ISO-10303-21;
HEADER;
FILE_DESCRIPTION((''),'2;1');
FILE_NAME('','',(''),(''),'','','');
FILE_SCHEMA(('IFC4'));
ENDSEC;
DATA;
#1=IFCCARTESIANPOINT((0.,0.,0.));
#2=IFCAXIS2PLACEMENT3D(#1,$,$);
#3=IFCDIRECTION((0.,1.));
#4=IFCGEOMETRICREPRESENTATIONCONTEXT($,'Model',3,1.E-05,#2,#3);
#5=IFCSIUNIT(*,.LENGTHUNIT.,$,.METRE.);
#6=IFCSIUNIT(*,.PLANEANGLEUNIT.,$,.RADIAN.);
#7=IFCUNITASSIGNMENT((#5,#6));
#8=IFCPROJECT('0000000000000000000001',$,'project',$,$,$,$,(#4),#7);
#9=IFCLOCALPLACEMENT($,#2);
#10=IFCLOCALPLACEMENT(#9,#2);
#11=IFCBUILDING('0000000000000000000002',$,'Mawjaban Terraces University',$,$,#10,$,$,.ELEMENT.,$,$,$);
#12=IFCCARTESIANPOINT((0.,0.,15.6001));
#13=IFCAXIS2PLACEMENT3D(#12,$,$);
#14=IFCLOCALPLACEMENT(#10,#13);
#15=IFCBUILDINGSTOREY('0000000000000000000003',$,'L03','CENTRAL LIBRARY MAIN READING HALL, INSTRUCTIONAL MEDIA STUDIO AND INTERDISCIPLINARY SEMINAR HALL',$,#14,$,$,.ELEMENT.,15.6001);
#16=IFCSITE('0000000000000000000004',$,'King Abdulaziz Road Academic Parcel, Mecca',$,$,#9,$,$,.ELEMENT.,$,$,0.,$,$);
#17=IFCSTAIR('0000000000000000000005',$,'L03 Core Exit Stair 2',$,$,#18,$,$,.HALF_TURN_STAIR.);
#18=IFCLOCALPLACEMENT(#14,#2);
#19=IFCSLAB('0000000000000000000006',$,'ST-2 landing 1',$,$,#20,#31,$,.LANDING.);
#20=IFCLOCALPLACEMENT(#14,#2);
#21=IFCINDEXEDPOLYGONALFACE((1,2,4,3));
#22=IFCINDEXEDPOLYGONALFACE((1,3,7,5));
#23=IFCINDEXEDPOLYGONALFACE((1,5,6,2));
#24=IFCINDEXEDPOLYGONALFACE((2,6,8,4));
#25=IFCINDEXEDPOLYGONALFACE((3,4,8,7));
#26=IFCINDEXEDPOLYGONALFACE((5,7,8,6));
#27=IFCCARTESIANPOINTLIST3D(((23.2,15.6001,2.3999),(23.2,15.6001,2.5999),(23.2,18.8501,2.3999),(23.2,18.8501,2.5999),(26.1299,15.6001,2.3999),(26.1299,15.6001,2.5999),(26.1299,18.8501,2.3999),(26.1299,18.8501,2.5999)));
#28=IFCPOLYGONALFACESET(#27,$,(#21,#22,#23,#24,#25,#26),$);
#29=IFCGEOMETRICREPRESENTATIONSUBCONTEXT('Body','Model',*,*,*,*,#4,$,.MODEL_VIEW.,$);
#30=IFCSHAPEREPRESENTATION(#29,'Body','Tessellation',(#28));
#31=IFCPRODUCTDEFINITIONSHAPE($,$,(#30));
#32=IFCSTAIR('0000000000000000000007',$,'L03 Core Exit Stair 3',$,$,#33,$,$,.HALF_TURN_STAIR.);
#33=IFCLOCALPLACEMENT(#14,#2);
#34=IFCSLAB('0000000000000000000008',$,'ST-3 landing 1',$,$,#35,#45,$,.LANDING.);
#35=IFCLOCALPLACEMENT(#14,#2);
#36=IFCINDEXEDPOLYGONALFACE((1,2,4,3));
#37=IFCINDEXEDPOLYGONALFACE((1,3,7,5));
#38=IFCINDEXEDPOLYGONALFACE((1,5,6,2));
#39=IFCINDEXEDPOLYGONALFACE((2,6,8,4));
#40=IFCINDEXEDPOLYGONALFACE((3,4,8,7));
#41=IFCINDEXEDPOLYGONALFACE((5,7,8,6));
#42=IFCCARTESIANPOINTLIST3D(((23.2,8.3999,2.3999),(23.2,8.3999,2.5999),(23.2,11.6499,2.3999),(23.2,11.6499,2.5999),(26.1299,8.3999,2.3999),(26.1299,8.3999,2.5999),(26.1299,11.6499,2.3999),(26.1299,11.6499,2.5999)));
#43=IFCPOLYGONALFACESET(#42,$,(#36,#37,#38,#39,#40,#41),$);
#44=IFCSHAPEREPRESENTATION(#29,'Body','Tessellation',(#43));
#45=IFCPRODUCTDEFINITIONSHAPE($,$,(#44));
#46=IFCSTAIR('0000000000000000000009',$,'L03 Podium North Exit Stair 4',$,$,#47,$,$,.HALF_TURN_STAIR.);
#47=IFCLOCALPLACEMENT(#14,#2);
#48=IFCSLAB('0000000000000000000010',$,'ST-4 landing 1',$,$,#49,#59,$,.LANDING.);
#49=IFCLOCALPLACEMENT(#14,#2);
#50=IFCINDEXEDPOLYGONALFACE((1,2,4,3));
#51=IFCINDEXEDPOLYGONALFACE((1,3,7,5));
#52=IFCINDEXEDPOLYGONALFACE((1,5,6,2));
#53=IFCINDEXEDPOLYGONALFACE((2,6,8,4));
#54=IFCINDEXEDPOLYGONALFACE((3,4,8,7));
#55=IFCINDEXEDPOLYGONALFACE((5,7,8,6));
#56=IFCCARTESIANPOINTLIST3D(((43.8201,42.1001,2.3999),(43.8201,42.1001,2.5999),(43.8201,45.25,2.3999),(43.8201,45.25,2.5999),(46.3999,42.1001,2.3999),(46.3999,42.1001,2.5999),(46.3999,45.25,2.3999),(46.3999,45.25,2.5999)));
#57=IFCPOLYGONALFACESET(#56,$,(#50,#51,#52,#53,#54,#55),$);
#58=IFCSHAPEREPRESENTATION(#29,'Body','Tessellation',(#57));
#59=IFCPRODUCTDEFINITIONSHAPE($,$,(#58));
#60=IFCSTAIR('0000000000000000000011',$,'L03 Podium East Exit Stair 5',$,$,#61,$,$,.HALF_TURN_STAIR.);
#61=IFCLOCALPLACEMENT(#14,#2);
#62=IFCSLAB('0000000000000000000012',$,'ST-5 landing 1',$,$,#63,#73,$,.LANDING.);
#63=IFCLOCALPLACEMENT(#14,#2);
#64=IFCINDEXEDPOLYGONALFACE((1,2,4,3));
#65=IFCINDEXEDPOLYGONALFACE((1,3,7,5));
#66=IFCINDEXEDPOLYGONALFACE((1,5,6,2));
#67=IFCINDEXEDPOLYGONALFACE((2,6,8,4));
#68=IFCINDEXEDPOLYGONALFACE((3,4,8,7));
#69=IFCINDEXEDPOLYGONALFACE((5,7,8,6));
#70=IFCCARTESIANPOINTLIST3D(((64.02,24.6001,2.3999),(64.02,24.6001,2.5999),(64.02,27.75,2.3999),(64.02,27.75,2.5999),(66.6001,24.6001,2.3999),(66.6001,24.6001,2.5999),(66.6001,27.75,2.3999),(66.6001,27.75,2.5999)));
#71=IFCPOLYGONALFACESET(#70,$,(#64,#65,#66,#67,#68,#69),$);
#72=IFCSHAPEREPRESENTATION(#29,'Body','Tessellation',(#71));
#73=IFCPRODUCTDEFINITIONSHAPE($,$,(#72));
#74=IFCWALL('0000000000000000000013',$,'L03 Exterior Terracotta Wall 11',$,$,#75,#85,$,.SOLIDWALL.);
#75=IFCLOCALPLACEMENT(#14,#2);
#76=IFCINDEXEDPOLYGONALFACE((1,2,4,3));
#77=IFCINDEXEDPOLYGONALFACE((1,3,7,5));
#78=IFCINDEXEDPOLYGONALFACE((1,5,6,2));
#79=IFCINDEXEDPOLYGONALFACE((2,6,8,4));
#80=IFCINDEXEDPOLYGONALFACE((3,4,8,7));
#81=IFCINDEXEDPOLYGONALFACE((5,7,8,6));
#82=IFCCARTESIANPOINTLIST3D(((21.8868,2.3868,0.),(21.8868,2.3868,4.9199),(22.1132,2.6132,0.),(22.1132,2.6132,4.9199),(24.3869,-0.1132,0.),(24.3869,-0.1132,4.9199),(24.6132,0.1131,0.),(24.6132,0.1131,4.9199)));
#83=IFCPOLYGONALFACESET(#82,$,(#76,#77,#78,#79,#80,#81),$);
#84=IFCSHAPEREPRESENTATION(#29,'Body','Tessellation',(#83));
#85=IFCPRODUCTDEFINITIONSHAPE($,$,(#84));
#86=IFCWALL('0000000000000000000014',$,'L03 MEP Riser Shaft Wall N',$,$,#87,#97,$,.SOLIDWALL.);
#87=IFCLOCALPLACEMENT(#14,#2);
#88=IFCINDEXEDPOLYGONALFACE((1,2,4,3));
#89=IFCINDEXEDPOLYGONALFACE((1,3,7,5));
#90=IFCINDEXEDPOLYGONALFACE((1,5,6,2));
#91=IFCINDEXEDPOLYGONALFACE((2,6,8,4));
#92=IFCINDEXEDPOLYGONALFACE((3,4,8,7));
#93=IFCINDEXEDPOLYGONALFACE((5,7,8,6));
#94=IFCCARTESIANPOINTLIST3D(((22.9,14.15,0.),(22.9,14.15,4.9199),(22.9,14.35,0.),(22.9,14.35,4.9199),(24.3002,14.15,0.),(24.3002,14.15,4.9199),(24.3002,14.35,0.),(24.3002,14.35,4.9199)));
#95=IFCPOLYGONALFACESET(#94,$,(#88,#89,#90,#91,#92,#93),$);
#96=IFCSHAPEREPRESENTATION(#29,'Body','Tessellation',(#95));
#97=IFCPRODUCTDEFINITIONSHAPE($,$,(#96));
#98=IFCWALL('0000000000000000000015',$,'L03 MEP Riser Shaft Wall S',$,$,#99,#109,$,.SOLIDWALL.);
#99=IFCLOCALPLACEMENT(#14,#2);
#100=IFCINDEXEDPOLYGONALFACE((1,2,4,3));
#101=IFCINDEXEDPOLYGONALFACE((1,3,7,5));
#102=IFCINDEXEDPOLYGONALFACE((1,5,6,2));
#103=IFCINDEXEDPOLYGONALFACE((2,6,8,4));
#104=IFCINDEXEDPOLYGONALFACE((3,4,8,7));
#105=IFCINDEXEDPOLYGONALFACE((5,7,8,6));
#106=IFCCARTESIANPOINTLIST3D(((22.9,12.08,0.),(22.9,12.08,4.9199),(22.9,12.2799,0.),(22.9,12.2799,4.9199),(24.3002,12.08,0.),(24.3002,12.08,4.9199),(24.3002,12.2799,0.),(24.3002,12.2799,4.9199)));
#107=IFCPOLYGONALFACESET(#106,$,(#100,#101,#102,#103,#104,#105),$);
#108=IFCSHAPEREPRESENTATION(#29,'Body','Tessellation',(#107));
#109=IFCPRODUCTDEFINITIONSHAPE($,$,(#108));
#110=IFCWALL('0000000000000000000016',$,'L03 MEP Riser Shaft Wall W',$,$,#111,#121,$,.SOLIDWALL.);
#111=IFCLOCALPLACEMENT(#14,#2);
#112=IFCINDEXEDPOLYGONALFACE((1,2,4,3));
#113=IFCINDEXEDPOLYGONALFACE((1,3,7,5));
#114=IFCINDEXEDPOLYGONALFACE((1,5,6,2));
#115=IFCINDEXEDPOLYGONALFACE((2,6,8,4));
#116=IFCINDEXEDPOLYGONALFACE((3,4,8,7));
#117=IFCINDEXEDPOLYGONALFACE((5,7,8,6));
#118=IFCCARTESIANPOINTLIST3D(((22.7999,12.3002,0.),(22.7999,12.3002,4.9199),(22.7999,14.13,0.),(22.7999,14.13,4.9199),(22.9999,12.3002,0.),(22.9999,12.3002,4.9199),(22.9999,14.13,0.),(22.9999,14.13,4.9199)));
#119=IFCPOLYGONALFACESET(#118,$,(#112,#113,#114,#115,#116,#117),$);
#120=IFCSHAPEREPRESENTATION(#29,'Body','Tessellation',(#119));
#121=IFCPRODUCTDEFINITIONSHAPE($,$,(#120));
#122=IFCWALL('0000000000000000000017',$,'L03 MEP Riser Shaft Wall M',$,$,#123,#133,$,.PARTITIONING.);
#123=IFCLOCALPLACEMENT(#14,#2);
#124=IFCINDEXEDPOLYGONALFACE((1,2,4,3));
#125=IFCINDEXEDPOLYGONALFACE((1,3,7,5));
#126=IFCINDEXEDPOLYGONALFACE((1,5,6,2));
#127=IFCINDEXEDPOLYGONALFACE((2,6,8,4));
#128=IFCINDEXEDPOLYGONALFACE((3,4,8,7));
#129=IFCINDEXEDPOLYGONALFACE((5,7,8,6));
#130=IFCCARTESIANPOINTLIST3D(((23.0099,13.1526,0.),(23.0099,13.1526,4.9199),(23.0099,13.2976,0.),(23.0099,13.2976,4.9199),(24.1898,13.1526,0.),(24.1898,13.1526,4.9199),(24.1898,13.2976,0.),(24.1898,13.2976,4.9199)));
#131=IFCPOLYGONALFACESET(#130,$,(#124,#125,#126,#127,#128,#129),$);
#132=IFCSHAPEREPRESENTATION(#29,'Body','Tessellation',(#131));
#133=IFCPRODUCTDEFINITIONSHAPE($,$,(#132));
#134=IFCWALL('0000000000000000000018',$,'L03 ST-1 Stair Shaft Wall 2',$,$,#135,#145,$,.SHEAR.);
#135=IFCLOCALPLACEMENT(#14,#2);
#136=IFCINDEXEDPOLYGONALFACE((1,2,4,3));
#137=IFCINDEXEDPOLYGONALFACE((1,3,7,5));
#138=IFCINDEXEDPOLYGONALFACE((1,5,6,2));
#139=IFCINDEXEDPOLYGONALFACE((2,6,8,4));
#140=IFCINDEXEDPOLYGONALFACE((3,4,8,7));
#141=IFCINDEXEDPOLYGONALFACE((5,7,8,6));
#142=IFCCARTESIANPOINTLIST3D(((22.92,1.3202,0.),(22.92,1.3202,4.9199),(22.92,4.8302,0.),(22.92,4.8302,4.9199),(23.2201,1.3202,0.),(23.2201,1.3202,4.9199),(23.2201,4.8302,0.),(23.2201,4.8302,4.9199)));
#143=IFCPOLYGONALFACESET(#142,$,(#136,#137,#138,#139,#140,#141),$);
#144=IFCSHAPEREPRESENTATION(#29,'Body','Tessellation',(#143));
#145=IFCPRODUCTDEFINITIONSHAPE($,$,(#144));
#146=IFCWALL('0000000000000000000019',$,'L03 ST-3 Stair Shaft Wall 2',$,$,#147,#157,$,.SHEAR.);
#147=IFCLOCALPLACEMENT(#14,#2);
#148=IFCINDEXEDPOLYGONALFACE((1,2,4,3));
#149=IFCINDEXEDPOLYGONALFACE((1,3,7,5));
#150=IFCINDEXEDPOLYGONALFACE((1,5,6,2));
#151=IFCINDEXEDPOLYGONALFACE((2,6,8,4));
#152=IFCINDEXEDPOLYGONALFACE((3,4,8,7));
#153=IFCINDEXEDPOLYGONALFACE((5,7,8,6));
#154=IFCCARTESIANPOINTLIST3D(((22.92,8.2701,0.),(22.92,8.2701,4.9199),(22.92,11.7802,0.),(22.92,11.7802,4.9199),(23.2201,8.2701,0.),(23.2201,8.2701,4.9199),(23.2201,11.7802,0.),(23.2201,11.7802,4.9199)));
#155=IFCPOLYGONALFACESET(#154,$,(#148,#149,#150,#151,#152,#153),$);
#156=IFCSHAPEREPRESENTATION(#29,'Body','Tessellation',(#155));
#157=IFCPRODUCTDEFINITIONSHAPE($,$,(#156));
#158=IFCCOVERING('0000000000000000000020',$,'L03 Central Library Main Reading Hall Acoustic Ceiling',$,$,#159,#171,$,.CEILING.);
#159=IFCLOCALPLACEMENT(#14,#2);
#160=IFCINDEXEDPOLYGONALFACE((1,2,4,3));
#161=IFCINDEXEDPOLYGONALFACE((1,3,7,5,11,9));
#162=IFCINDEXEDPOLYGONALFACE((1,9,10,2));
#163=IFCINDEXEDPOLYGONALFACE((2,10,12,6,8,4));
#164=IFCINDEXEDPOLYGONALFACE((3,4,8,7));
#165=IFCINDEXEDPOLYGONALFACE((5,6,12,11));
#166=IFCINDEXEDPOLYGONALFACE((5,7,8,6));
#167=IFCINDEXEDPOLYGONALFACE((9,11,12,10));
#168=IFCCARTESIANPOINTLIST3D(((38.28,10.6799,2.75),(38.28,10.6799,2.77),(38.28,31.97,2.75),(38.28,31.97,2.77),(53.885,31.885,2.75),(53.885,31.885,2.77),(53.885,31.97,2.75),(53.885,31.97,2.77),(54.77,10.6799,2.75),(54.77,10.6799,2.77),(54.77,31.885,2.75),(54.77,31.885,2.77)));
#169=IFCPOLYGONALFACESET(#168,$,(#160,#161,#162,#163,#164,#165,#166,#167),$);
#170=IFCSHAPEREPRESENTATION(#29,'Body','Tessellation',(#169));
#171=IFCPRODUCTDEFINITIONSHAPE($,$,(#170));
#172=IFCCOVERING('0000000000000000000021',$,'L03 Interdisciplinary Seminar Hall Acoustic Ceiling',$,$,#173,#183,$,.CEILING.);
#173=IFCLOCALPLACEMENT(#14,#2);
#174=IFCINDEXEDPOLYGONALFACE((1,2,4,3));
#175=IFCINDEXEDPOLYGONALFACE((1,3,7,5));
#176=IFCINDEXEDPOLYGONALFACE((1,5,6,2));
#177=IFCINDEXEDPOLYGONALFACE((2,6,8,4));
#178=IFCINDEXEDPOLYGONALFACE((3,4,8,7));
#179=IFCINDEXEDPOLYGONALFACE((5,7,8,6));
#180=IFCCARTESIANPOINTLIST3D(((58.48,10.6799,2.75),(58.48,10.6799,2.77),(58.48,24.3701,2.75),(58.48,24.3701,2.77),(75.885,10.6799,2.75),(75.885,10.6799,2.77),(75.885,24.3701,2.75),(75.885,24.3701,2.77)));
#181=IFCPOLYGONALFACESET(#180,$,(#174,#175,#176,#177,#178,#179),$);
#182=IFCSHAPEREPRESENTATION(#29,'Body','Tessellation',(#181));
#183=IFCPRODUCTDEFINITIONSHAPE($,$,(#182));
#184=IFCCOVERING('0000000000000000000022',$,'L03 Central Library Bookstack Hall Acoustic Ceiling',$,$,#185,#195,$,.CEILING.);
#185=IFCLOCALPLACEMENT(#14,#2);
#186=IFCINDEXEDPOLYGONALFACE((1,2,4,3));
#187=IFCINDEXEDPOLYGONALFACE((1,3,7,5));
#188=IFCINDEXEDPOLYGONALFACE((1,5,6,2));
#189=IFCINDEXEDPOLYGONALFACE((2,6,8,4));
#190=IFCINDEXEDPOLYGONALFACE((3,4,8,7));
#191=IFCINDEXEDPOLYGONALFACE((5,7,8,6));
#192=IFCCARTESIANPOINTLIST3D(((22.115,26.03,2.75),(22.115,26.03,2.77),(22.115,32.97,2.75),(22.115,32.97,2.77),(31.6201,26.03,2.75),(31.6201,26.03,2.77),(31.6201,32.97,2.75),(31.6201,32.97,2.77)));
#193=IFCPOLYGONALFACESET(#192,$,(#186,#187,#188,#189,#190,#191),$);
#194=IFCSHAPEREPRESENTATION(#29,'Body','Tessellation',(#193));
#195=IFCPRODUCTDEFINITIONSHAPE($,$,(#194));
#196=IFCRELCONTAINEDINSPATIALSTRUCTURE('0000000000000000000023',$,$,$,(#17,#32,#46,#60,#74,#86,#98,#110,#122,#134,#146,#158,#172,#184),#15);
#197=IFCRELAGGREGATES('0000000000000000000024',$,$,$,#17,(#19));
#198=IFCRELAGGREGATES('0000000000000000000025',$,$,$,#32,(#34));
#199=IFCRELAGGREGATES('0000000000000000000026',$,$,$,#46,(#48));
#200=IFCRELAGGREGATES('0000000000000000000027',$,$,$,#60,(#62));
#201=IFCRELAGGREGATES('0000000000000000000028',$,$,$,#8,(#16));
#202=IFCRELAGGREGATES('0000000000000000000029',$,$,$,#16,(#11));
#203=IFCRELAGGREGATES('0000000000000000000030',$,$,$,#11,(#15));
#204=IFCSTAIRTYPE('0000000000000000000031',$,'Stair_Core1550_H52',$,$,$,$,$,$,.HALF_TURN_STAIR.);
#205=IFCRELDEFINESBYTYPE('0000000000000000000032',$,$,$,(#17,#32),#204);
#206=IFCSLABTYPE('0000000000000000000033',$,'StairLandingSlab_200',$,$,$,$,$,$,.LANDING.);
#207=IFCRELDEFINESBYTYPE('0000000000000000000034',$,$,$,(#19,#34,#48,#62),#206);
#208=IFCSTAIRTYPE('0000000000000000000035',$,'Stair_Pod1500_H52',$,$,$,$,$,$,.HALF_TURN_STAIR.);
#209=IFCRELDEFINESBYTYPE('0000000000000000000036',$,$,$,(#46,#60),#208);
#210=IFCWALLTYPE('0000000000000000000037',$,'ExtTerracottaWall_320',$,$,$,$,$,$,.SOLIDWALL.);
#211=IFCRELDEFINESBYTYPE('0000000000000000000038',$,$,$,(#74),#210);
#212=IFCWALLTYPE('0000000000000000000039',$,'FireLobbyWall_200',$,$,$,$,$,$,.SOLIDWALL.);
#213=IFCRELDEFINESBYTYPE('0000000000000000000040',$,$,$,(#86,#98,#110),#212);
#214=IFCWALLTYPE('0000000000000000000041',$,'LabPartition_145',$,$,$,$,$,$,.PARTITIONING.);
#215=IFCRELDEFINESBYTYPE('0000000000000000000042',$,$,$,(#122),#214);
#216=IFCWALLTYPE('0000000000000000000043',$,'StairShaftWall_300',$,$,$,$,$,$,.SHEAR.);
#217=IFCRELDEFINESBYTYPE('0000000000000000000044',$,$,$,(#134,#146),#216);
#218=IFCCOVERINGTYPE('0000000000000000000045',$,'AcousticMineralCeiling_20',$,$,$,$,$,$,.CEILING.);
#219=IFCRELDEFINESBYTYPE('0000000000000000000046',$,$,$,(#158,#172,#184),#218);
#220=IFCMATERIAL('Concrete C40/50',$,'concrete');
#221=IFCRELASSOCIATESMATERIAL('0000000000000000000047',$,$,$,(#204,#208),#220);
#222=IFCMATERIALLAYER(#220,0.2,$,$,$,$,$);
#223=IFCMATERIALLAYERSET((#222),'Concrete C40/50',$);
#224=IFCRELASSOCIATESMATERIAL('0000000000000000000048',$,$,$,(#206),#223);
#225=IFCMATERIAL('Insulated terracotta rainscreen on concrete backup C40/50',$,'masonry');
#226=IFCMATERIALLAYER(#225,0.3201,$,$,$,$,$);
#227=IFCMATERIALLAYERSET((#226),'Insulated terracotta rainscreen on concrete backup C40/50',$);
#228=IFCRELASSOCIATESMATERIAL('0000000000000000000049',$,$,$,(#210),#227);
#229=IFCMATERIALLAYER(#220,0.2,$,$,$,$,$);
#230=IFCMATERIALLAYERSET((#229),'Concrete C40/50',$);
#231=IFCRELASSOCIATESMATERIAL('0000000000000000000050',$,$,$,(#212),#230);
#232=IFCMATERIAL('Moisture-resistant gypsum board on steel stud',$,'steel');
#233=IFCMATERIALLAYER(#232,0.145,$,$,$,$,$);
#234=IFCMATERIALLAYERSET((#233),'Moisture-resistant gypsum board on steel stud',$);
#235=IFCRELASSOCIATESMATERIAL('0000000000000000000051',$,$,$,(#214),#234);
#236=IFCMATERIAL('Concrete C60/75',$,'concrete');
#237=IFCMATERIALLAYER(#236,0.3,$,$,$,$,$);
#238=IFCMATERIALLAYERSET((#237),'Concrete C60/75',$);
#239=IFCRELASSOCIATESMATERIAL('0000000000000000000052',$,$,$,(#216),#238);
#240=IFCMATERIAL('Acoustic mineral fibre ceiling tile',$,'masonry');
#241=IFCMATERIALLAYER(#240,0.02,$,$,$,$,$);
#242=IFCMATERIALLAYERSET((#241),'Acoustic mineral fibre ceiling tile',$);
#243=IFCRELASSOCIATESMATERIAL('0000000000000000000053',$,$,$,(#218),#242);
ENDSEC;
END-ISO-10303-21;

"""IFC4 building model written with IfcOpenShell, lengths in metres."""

from ifc_helpers import new_model, si_unit, direction, frame, frame_2d, origin, place, context, subcontext, project, spatial, polyline, rectangle, outline, extrude, material, layer, layer_set, type_object, element, aggregate, save


model = new_model("IFC4")

# Units and contexts
model_context = context("Model", 3, precision=1e-05, world=origin(), true_north=direction((0.0, 1.0)))
body_context = subcontext(model_context, "Body", "Model", "MODEL_VIEW")
ifc_project = project(units=[si_unit("LENGTHUNIT", "METRE"), si_unit("PLANEANGLEUNIT", "RADIAN")], contexts=[model_context])

# Site, building, storey
site_placement = place(None, origin())
site = spatial("IfcSite", under=ifc_project, at=site_placement, Name="King Abdulaziz Road Academic Parcel, Mecca", CompositionType="ELEMENT", RefElevation=0.0)
building_placement = place(site_placement, origin())
building = spatial("IfcBuilding", under=site, at=building_placement, Name="Mawjaban Terraces University", CompositionType="ELEMENT")
storey_placement = place(building_placement, frame((0.0, 0.0, 15.6001)))
storey = spatial("IfcBuildingStorey", under=building, at=storey_placement, Name="L03", Description="CENTRAL LIBRARY MAIN READING HALL, INSTRUCTIONAL MEDIA STUDIO AND INTERDISCIPLINARY SEMINAR HALL", CompositionType="ELEMENT", Elevation=15.6001)

# Shared definitions
ifc_material_1 = material(Name="Concrete C40/50", Category="concrete")

# Stairs, slabs
stair_type_1 = type_object("IfcStairType", Name="Stair_Core1550_H52", PredefinedType="HALF_TURN_STAIR", material=ifc_material_1)
ifc_layer_1 = layer(ifc_material_1, 0.2)
ifc_layer_set_1 = layer_set([ifc_layer_1], Name="Concrete C40/50")
slab_type_1 = type_object("IfcSlabType", Name="StairLandingSlab_200", PredefinedType="LANDING", material=ifc_layer_set_1)
stair_1_placement = place(storey_placement, origin())
stair_1 = element("IfcStair", 1, at=stair_1_placement, inside=storey, type_object=stair_type_1, Name="L03 Core Exit Stair 2", PredefinedType="HALF_TURN_STAIR")
slab_1_placement = place(storey_placement, frame((0.0, 0.0, 2.3999)))
slab_1 = element("IfcSlab", 2, at=slab_1_placement, type_object=slab_type_1, Name="ST-2 landing 1", PredefinedType="LANDING", context=body_context, shape_type="SweptSolid", body=[
    extrude(outline(polyline([(26.1299, 18.8501), (23.2, 18.8501), (23.2, 15.6001), (26.1299, 15.6001), (26.1299, 18.8501)])), origin(), (0.0, 0.0, 1.0), 0.2),
])
aggregate(stair_1, [slab_1])
stair_2_placement = place(storey_placement, origin())
stair_2 = element("IfcStair", 3, at=stair_2_placement, inside=storey, type_object=stair_type_1, Name="L03 Core Exit Stair 3", PredefinedType="HALF_TURN_STAIR")
slab_2_placement = place(storey_placement, frame((0.0, 0.0, 2.3999)))
slab_2 = element("IfcSlab", 4, at=slab_2_placement, type_object=slab_type_1, Name="ST-3 landing 1", PredefinedType="LANDING", context=body_context, shape_type="SweptSolid", body=[
    extrude(outline(polyline([(26.1299, 11.6499), (23.2, 11.6499), (23.2, 8.3999), (26.1299, 8.3999), (26.1299, 11.6499)])), origin(), (0.0, 0.0, 1.0), 0.2),
])
aggregate(stair_2, [slab_2])
stair_type_2 = type_object("IfcStairType", Name="Stair_Pod1500_H52", PredefinedType="HALF_TURN_STAIR", material=ifc_material_1)
stair_3_placement = place(storey_placement, origin())
stair_3 = element("IfcStair", 5, at=stair_3_placement, inside=storey, type_object=stair_type_2, Name="L03 Podium North Exit Stair 4", PredefinedType="HALF_TURN_STAIR")
slab_3_placement = place(storey_placement, frame((0.0, 0.0, 2.3999)))
slab_3 = element("IfcSlab", 6, at=slab_3_placement, type_object=slab_type_1, Name="ST-4 landing 1", PredefinedType="LANDING", context=body_context, shape_type="SweptSolid", body=[
    extrude(outline(polyline([(43.8201, 42.1001), (46.3999, 42.1001), (46.3999, 45.25), (43.8201, 45.25), (43.8201, 42.1001)])), origin(), (0.0, 0.0, 1.0), 0.2),
])
aggregate(stair_3, [slab_3])
stair_4_placement = place(storey_placement, origin())
stair_4 = element("IfcStair", 7, at=stair_4_placement, inside=storey, type_object=stair_type_2, Name="L03 Podium East Exit Stair 5", PredefinedType="HALF_TURN_STAIR")
slab_4_placement = place(storey_placement, frame((0.0, 0.0, 2.3999)))
slab_4 = element("IfcSlab", 8, at=slab_4_placement, type_object=slab_type_1, Name="ST-5 landing 1", PredefinedType="LANDING", context=body_context, shape_type="SweptSolid", body=[
    extrude(outline(polyline([(64.02, 24.6001), (66.6001, 24.6001), (66.6001, 27.75), (64.02, 27.75), (64.02, 24.6001)])), origin(), (0.0, 0.0, 1.0), 0.2),
])
aggregate(stair_4, [slab_4])

# Walls
ifc_material_2 = material(Name="Insulated terracotta rainscreen on concrete backup C40/50", Category="masonry")
ifc_layer_2 = layer(ifc_material_2, 0.3201)
ifc_layer_set_2 = layer_set([ifc_layer_2], Name="Insulated terracotta rainscreen on concrete backup C40/50")
wall_type_1 = type_object("IfcWallType", Name="ExtTerracottaWall_320", PredefinedType="SOLIDWALL", material=ifc_layer_set_2)
wall_1_placement = place(storey_placement, frame((22.0, 2.5, 0.0), z_axis=(0.0, 0.0, 1.0), x_axis=(0.707107, -0.707107, 0.0)))
element("IfcWall", 9, at=wall_1_placement, inside=storey, type_object=wall_type_1, Name="L03 Exterior Terracotta Wall 11", PredefinedType="SOLIDWALL", context=body_context, shape_type="SweptSolid", body=[
    extrude(rectangle(XDim=3.5356, YDim=0.3201, at=frame_2d((1.7678, 0.0))), origin(), (0.0, 0.0, 1.0), 4.9199),
])
ifc_layer_3 = layer(ifc_material_1, 0.2)
ifc_layer_set_3 = layer_set([ifc_layer_3], Name="Concrete C40/50")
wall_type_2 = type_object("IfcWallType", Name="FireLobbyWall_200", PredefinedType="SOLIDWALL", material=ifc_layer_set_3)
for number, where, z_axis, x_axis, name in (
    (10, (22.8999, 14.25, 0.0), (0.0, 0.0, 1.0), (1.0, 0.0, 0.0), "L03 MEP Riser Shaft Wall N"),
    (11, (22.8999, 12.1799, 0.0), (0.0, 0.0, 1.0), (1.0, 0.0, 0.0), "L03 MEP Riser Shaft Wall S"),
):
    element("IfcWall", number, at=place(storey_placement, frame(where, z_axis=z_axis, x_axis=x_axis)), inside=storey, type_object=wall_type_2, Name=name, PredefinedType="SOLIDWALL", context=body_context, shape_type="SweptSolid", body=[
        extrude(rectangle(XDim=1.4001, YDim=0.2, at=frame_2d((0.7002, 0.0))), origin(), (0.0, 0.0, 1.0), 4.9199),
    ])
wall_2_placement = place(storey_placement, frame((22.8999, 12.3, 0.0), z_axis=(0.0, 0.0, 1.0), x_axis=(0.0, 1.0, 0.0)))
element("IfcWall", 12, at=wall_2_placement, inside=storey, type_object=wall_type_2, Name="L03 MEP Riser Shaft Wall W", PredefinedType="SOLIDWALL", context=body_context, shape_type="SweptSolid", body=[
    extrude(rectangle(XDim=1.8298, YDim=0.2, at=frame_2d((0.915, 0.0))), origin(), (0.0, 0.0, 1.0), 4.9199),
])
ifc_material_3 = material(Name="Moisture-resistant gypsum board on steel stud", Category="steel")
ifc_layer_4 = layer(ifc_material_3, 0.145)
ifc_layer_set_4 = layer_set([ifc_layer_4], Name="Moisture-resistant gypsum board on steel stud")
wall_type_3 = type_object("IfcWallType", Name="LabPartition_145", PredefinedType="PARTITIONING", material=ifc_layer_set_4)
wall_3_placement = place(storey_placement, frame((23.01, 13.2251, 0.0), z_axis=(0.0, 0.0, 1.0), x_axis=(1.0, 0.0, 0.0)))
element("IfcWall", 13, at=wall_3_placement, inside=storey, type_object=wall_type_3, Name="L03 MEP Riser Shaft Wall M", PredefinedType="PARTITIONING", context=body_context, shape_type="SweptSolid", body=[
    extrude(rectangle(XDim=1.1799, YDim=0.145, at=frame_2d((0.5898, 0.0))), origin(), (0.0, 0.0, 1.0), 4.9199),
])
ifc_material_4 = material(Name="Concrete C60/75", Category="concrete")
ifc_layer_5 = layer(ifc_material_4, 0.3)
ifc_layer_set_5 = layer_set([ifc_layer_5], Name="Concrete C60/75")
wall_type_4 = type_object("IfcWallType", Name="StairShaftWall_300", PredefinedType="SHEAR", material=ifc_layer_set_5)
for number, where, z_axis, x_axis, name in (
    (14, (23.0701, 4.8301, 0.0), (0.0, 0.0, 1.0), (0.0, -1.0, 0.0), "L03 ST-1 Stair Shaft Wall 2"),
    (15, (23.0701, 11.78, 0.0), (0.0, 0.0, 1.0), (0.0, -1.0, 0.0), "L03 ST-3 Stair Shaft Wall 2"),
):
    element("IfcWall", number, at=place(storey_placement, frame(where, z_axis=z_axis, x_axis=x_axis)), inside=storey, type_object=wall_type_4, Name=name, PredefinedType="SHEAR", context=body_context, shape_type="SweptSolid", body=[
        extrude(rectangle(XDim=3.51, YDim=0.3, at=frame_2d((1.7549, 0.0))), origin(), (0.0, 0.0, 1.0), 4.9199),
    ])

# Coverings
ifc_material_5 = material(Name="Acoustic mineral fibre ceiling tile", Category="masonry")
ifc_layer_6 = layer(ifc_material_5, 0.02)
ifc_layer_set_6 = layer_set([ifc_layer_6], Name="Acoustic mineral fibre ceiling tile")
covering_type_1 = type_object("IfcCoveringType", Name="AcousticMineralCeiling_20", PredefinedType="CEILING", material=ifc_layer_set_6)
covering_1_placement = place(storey_placement, frame((0.0, 0.0, 2.75)))
element("IfcCovering", 16, at=covering_1_placement, inside=storey, type_object=covering_type_1, Name="L03 Central Library Main Reading Hall Acoustic Ceiling", PredefinedType="CEILING", context=body_context, shape_type="SweptSolid", body=[
    extrude(outline(polyline([(54.77, 31.885), (53.885, 31.885), (53.885, 31.97), (38.28, 31.97), (38.28, 10.6799), (54.77, 10.6799), (54.77, 31.885)])), origin(), (0.0, 0.0, 1.0), 0.02),
])
covering_2_placement = place(storey_placement, frame((0.0, 0.0, 2.75)))
element("IfcCovering", 17, at=covering_2_placement, inside=storey, type_object=covering_type_1, Name="L03 Interdisciplinary Seminar Hall Acoustic Ceiling", PredefinedType="CEILING", context=body_context, shape_type="SweptSolid", body=[
    extrude(outline(polyline([(75.885, 10.6799), (75.885, 24.3701), (58.48, 24.3701), (58.48, 10.6799), (75.885, 10.6799)])), origin(), (0.0, 0.0, 1.0), 0.02),
])
covering_3_placement = place(storey_placement, frame((0.0, 0.0, 2.75)))
element("IfcCovering", 18, at=covering_3_placement, inside=storey, type_object=covering_type_1, Name="L03 Central Library Bookstack Hall Acoustic Ceiling", PredefinedType="CEILING", context=body_context, shape_type="SweptSolid", body=[
    extrude(outline(polyline([(22.115, 32.97), (22.115, 26.03), (31.6201, 26.03), (31.6201, 32.97), (22.115, 32.97)])), origin(), (0.0, 0.0, 1.0), 0.02),
])

save(model, "model.ifc")
